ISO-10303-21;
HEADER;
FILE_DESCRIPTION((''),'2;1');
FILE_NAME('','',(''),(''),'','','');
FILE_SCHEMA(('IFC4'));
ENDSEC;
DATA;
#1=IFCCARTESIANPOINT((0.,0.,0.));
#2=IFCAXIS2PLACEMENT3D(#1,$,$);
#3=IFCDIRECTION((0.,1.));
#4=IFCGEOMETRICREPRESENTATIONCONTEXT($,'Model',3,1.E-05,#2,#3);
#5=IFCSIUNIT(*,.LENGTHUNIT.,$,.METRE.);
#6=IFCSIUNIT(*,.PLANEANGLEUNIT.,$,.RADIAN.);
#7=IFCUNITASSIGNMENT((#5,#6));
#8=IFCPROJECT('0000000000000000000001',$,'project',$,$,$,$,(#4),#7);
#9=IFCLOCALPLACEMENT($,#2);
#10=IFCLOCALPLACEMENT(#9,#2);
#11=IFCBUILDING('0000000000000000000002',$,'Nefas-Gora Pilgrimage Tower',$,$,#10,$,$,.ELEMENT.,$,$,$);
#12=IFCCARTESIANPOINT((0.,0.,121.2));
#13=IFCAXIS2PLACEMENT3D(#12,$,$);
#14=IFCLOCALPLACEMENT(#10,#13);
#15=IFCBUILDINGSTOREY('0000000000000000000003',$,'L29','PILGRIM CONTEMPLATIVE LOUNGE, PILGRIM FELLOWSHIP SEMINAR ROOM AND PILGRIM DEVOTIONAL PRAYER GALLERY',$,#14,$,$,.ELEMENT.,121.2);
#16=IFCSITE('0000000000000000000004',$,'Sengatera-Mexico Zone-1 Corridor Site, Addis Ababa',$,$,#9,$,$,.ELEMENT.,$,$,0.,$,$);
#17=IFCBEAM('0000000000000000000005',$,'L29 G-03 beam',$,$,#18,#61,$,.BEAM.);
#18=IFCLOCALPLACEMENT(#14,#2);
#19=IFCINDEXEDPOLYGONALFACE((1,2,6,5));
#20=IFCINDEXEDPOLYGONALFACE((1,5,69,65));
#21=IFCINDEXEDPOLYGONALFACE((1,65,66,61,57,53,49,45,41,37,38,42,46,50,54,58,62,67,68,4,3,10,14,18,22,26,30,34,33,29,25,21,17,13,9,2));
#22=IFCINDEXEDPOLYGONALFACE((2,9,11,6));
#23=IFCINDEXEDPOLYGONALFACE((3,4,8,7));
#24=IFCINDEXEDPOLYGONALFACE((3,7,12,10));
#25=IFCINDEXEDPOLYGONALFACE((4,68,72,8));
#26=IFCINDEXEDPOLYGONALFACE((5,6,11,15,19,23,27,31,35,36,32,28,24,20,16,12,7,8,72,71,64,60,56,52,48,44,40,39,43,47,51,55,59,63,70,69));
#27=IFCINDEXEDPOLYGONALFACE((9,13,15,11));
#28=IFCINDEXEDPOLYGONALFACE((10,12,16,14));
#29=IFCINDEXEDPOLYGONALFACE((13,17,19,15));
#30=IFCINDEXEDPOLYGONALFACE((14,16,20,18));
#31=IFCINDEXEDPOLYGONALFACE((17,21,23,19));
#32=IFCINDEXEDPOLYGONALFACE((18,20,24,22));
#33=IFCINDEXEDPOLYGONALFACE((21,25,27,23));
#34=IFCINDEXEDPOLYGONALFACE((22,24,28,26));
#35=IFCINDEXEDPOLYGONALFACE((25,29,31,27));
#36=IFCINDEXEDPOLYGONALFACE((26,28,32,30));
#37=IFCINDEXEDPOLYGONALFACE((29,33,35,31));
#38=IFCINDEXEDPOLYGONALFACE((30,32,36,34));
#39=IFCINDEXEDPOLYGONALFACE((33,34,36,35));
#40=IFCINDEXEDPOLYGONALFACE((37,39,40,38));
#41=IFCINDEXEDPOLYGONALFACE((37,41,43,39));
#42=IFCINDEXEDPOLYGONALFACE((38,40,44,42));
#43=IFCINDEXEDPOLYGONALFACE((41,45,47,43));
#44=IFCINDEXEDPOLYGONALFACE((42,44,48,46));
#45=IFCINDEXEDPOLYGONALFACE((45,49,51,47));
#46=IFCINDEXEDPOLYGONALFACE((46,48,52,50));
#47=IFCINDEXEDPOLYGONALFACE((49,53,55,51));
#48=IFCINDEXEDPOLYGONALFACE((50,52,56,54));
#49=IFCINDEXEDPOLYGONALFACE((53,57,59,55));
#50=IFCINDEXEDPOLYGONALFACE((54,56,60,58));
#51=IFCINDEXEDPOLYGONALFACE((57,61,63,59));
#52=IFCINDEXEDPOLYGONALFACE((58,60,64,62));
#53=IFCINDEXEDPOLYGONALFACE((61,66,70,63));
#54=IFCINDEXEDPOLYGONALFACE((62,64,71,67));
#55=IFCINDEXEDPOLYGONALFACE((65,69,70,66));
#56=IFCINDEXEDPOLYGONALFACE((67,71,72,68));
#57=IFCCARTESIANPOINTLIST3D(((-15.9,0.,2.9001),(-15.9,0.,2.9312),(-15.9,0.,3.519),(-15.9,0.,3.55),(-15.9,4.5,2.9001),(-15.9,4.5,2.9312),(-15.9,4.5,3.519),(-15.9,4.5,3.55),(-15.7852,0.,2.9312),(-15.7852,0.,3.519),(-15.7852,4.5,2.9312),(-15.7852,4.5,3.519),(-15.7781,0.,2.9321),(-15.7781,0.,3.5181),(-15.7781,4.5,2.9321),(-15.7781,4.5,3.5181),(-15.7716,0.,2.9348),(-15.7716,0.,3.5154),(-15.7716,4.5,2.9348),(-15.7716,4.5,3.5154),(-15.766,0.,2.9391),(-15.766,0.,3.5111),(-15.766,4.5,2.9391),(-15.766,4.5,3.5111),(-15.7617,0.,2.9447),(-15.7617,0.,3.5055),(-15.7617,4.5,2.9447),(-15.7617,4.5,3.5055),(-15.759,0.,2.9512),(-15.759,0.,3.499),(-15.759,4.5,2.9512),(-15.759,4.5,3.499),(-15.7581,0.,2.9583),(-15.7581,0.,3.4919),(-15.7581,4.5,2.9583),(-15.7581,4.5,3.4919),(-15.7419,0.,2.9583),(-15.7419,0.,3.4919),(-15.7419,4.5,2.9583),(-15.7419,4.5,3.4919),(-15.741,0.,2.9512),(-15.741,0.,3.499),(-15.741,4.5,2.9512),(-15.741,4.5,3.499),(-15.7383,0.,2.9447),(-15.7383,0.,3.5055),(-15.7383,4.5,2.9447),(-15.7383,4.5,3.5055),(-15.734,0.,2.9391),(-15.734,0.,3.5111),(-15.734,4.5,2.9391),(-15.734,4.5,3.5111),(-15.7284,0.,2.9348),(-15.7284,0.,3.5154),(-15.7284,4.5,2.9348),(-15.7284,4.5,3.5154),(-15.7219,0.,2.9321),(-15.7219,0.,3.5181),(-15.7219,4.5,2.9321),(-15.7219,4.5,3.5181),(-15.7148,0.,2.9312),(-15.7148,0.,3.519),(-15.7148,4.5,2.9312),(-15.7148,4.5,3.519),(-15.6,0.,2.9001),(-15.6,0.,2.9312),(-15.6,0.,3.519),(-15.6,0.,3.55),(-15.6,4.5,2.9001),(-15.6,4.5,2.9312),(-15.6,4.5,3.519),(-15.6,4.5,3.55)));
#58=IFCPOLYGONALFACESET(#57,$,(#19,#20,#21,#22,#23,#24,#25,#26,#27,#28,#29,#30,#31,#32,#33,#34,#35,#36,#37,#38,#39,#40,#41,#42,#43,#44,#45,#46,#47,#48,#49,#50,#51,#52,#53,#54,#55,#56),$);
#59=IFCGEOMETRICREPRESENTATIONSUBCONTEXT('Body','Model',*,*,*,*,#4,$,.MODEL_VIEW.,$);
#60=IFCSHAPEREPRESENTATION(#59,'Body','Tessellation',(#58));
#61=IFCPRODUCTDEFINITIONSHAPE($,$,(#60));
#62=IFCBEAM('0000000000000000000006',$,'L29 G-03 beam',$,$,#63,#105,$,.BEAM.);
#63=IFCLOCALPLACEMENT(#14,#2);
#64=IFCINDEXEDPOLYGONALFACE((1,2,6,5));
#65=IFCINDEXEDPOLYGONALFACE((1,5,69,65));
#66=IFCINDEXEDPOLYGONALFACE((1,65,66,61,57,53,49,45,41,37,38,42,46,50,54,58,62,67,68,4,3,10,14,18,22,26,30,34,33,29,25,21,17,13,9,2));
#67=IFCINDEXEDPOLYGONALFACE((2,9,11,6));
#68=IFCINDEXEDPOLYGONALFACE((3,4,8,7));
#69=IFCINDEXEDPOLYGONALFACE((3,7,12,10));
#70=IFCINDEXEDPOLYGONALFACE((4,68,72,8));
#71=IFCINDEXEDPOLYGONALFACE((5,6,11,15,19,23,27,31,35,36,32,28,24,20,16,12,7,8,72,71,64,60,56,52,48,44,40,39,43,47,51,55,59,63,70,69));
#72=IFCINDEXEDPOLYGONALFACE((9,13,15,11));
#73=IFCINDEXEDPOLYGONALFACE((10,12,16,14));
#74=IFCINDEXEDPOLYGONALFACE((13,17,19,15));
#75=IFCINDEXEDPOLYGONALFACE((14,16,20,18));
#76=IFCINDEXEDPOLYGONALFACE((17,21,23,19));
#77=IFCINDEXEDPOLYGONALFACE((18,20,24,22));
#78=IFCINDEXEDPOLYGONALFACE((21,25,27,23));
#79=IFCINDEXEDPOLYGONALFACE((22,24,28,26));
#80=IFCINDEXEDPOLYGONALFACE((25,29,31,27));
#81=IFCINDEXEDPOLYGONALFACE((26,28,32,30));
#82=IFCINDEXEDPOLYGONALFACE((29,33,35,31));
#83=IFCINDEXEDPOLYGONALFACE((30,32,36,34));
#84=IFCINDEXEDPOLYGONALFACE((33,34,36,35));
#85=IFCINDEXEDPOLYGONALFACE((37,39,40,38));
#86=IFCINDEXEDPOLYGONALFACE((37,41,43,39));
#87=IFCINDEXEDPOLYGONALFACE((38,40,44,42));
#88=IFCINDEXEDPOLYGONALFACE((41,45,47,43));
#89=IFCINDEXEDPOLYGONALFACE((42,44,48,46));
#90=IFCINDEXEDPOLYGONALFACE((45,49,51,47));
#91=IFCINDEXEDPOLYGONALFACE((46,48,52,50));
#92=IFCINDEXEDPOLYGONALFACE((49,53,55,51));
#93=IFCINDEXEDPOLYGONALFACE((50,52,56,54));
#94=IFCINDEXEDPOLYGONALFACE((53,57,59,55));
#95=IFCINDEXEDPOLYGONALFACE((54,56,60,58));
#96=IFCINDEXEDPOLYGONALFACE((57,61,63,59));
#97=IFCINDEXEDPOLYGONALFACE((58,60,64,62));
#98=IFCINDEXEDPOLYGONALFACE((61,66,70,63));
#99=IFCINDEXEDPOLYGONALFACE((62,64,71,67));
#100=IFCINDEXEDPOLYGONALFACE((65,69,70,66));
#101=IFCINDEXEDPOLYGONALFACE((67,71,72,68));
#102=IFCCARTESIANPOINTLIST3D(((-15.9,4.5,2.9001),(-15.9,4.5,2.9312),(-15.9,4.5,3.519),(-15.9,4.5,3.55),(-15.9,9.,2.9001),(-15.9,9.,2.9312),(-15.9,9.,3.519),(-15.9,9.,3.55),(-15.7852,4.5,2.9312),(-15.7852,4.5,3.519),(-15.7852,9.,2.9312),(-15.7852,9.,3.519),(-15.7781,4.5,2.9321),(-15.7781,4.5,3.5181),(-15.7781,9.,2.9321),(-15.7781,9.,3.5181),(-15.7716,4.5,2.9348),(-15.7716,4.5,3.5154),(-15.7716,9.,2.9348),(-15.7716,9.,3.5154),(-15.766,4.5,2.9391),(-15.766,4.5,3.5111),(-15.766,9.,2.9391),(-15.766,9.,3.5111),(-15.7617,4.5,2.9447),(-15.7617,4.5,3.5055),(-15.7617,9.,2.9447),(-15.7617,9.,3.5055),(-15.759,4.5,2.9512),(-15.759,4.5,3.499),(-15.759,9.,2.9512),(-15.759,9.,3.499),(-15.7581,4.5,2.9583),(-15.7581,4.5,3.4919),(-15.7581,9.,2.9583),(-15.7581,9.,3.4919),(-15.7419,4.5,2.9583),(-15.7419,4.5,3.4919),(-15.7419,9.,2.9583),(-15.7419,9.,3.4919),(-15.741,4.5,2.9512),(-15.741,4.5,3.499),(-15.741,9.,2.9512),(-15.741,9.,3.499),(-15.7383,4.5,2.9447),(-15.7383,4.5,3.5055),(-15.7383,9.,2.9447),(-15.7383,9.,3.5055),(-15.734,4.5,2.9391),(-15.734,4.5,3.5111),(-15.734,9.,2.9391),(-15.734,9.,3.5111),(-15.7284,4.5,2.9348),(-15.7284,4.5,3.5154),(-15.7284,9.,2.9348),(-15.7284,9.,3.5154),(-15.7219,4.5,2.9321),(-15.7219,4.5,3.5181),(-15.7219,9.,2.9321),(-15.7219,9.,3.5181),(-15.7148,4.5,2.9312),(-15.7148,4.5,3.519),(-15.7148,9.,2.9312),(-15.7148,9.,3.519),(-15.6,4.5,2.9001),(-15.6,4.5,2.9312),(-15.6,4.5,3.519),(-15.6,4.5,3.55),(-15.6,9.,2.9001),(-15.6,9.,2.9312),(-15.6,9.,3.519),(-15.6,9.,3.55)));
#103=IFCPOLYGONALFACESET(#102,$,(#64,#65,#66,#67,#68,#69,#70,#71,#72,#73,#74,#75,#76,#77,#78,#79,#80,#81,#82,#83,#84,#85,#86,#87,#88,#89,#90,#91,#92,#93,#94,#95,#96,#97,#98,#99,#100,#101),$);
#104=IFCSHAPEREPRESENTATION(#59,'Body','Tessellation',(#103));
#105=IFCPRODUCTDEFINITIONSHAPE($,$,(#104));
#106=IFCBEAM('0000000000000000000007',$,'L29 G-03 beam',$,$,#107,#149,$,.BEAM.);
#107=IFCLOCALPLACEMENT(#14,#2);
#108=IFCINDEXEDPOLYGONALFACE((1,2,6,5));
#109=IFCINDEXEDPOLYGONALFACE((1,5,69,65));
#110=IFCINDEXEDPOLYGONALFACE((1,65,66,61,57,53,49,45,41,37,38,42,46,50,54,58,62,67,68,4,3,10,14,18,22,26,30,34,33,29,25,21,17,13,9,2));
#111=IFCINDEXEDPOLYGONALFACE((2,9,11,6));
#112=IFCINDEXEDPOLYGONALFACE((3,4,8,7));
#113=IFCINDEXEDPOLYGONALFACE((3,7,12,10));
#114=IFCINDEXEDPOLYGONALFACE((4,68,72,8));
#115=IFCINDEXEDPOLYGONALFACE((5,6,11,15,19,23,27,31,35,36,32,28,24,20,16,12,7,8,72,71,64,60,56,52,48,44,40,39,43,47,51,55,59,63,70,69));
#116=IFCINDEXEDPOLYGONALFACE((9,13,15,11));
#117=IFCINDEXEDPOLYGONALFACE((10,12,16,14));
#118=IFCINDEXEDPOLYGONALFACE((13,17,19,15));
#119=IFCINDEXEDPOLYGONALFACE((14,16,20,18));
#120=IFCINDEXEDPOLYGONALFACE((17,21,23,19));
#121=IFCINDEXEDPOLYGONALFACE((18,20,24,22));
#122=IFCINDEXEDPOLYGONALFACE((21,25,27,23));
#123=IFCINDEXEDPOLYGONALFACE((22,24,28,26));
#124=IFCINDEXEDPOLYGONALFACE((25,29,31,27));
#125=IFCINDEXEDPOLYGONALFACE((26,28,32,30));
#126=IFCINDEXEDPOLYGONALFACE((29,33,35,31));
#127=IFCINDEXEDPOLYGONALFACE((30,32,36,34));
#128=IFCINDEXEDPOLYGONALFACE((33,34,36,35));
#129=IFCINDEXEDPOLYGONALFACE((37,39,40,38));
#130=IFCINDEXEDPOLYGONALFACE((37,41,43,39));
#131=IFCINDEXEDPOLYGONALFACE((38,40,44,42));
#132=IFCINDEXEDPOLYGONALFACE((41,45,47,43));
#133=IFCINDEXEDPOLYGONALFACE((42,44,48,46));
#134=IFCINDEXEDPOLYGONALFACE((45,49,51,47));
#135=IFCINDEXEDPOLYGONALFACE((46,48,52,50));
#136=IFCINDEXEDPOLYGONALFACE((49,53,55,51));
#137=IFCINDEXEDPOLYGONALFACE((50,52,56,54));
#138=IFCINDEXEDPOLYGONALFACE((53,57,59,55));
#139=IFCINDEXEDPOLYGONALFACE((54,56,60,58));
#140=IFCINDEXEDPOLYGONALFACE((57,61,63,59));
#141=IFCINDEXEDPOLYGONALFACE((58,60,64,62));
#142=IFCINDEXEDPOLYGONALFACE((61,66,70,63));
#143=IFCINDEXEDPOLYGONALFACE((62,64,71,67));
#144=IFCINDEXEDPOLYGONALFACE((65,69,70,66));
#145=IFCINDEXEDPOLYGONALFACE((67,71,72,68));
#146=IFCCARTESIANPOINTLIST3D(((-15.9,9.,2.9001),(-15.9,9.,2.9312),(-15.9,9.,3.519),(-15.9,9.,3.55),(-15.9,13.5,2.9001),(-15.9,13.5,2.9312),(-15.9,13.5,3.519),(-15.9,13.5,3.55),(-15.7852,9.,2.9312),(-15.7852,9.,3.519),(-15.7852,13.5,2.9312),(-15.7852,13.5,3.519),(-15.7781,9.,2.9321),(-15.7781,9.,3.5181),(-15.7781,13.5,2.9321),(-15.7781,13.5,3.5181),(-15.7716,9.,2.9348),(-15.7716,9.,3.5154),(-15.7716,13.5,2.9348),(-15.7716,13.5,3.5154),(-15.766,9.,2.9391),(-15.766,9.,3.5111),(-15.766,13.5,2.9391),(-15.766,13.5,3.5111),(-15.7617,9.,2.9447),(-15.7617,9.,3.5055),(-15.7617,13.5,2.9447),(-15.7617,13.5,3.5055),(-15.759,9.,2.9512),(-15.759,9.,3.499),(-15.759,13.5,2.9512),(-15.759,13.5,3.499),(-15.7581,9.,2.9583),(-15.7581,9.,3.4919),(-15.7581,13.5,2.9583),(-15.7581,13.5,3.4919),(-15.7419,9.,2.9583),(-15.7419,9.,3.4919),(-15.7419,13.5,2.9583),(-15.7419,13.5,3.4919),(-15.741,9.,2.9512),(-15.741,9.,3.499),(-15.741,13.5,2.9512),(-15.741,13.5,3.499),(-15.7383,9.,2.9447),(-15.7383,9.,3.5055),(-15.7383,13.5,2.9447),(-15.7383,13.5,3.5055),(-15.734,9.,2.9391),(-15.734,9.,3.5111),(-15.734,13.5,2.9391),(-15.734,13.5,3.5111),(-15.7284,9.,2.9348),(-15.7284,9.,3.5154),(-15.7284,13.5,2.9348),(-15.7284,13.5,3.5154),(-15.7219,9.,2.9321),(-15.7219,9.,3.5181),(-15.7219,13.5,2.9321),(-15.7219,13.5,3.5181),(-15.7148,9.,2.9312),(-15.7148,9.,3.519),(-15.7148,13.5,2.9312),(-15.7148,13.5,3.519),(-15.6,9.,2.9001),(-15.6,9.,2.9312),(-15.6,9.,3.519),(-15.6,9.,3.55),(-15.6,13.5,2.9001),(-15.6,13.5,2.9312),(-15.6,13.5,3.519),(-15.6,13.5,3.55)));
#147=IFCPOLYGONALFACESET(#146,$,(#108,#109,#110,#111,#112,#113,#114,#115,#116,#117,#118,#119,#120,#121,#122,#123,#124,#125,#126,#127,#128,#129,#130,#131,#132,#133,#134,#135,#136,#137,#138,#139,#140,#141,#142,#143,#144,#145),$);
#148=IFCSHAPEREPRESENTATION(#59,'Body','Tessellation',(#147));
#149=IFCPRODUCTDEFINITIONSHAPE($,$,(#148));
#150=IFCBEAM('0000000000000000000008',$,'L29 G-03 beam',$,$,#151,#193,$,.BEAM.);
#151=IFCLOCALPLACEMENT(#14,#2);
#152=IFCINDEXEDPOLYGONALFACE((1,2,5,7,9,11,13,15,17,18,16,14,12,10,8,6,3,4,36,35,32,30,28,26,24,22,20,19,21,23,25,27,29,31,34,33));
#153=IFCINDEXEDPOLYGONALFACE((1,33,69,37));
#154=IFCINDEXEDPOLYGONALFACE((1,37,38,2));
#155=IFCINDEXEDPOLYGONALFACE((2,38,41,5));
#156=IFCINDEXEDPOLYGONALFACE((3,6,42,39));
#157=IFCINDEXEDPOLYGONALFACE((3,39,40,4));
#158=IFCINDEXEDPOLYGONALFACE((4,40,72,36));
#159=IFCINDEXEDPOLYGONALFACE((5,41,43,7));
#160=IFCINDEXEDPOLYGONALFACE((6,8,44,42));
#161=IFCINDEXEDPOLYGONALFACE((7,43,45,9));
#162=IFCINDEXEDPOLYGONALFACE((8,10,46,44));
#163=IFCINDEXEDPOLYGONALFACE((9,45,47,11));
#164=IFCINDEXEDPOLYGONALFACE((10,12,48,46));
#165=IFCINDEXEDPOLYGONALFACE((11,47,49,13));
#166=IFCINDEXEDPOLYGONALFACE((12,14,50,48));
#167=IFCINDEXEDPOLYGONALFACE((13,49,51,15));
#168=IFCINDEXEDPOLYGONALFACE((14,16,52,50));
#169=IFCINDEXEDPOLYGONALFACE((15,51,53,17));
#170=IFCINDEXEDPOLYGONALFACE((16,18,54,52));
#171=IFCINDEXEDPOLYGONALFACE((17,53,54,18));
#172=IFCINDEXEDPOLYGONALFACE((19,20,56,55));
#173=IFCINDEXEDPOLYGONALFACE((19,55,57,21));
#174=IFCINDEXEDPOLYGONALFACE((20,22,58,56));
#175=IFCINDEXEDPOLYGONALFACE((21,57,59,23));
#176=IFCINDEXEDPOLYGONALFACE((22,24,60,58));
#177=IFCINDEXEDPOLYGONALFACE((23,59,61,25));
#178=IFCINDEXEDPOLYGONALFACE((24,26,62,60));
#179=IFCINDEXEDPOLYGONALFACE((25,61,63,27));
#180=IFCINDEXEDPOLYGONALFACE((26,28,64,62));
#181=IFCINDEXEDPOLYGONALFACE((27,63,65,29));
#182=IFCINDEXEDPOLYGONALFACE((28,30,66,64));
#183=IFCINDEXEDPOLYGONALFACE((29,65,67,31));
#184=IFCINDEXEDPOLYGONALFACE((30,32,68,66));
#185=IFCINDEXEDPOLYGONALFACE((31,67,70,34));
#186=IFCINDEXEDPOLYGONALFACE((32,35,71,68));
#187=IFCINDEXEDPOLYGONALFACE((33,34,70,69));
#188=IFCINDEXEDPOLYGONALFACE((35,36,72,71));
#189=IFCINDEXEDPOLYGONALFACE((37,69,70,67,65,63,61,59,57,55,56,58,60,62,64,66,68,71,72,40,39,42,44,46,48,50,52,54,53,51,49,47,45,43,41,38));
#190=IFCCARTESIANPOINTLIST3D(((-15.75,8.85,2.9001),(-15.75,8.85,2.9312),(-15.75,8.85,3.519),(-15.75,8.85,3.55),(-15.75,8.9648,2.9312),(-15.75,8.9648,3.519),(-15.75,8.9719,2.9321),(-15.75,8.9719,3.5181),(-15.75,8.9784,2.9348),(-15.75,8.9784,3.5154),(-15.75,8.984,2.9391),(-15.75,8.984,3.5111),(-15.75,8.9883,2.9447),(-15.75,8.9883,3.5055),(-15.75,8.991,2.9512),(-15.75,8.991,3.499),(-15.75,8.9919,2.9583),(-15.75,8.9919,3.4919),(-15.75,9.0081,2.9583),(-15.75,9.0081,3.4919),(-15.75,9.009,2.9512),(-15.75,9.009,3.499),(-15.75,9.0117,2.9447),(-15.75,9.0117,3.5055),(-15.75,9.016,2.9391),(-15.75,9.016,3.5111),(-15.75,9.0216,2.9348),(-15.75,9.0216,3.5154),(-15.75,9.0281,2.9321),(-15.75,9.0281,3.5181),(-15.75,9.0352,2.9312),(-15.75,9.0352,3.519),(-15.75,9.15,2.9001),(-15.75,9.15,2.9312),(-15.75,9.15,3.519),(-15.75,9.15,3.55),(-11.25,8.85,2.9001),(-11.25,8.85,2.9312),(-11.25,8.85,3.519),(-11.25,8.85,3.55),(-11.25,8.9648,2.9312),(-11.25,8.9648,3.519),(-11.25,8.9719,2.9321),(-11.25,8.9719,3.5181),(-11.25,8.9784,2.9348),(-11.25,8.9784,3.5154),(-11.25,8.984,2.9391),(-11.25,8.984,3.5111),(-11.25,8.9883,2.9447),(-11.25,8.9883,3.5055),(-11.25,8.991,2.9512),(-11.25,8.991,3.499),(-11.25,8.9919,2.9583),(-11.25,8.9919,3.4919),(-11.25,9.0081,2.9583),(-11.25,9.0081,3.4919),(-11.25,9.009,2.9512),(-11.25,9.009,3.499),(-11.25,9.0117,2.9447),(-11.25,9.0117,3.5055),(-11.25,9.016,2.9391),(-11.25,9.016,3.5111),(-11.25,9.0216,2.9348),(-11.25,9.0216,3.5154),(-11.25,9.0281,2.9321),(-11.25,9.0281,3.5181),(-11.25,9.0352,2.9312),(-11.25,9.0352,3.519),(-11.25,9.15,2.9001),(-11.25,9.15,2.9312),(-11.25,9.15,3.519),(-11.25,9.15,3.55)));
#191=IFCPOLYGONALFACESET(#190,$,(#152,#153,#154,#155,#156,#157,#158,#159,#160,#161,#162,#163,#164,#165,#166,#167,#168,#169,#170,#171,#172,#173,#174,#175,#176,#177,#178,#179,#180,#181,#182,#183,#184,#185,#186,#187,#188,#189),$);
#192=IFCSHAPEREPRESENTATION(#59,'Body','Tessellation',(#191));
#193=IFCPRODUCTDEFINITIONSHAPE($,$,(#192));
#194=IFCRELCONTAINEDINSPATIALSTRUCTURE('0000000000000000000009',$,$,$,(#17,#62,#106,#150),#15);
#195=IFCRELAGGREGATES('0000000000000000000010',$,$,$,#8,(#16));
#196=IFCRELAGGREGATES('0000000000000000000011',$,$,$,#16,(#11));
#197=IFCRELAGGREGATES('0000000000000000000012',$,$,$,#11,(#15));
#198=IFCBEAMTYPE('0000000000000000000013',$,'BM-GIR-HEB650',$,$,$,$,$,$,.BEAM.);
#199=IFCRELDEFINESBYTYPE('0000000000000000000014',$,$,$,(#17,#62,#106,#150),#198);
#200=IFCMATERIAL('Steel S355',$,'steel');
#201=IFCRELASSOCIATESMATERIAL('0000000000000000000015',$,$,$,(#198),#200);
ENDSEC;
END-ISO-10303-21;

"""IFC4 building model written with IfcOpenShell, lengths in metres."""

from ifc_helpers import new_model, si_unit, direction, frame, origin, origin_2d, place, context, subcontext, project, spatial, i_section, extrude, source, transform, mapped, material, material_profile, profile_set, type_object, element, save


model = new_model("IFC4")

# Units and contexts
model_context = context("Model", 3, precision=1e-05, world=origin(), true_north=direction((0.0, 1.0)))
body_context = subcontext(model_context, "Body", "Model", "MODEL_VIEW")
ifc_project = project(units=[si_unit("LENGTHUNIT", "METRE"), si_unit("PLANEANGLEUNIT", "RADIAN")], contexts=[model_context])

# Site, building, storey
site_placement = place(None, origin())
site = spatial("IfcSite", under=ifc_project, at=site_placement, Name="Sengatera-Mexico Zone-1 Corridor Site, Addis Ababa", CompositionType="ELEMENT", RefElevation=0.0)
building_placement = place(site_placement, origin())
building = spatial("IfcBuilding", under=site, at=building_placement, Name="Nefas-Gora Pilgrimage Tower", CompositionType="ELEMENT")
storey_placement = place(building_placement, frame((0.0, 0.0, 121.2)))
storey = spatial("IfcBuildingStorey", under=building, at=storey_placement, Name="L29", Description="PILGRIM CONTEMPLATIVE LOUNGE, PILGRIM FELLOWSHIP SEMINAR ROOM AND PILGRIM DEVOTIONAL PRAYER GALLERY", CompositionType="ELEMENT", Elevation=121.2)

# Beams
ifc_material_1 = material(Name="Steel S355", Category="steel")
ifc_material_profile_1 = material_profile(ifc_material_1, i_section(OverallWidth=0.3, OverallDepth=0.6499, WebThickness=0.0161, FlangeThickness=0.031, FilletRadius=0.0271, at=origin_2d()), Name="HEB 650")
ifc_profile_set_1 = profile_set([ifc_material_profile_1], Name="Steel S355")
beam_type_1 = type_object("IfcBeamType", Name="BM-GIR-HEB650", PredefinedType="BEAM", material=ifc_profile_set_1)
shared_shape_1 = source(origin(), body_context, "Body", "SweptSolid", [
    extrude(i_section(OverallWidth=0.3, OverallDepth=0.6499, WebThickness=0.0161, FlangeThickness=0.031, FilletRadius=0.0271, at=origin_2d()), origin(), (0.0, 0.0, 1.0), 4.5),
])
for number, where, z_axis, x_axis, name in (
    (1, (-15.75, 0.0, 3.2251), (0.0, 1.0, 0.0), (-1.0, 0.0, 0.0), "L29 G-03 beam"),
    (2, (-15.75, 4.5, 3.2251), (0.0, 1.0, 0.0), (-1.0, 0.0, 0.0), "L29 G-03 beam"),
    (3, (-15.75, 9.0, 3.2251), (0.0, 1.0, 0.0), (-1.0, 0.0, 0.0), "L29 G-03 beam"),
    (4, (-15.75, 9.0, 3.2251), (1.0, 0.0, 0.0), (0.0, 1.0, 0.0), "L29 G-03 beam"),
):
    element("IfcBeam", number, at=place(storey_placement, frame(where, z_axis=z_axis, x_axis=x_axis)), inside=storey, type_object=beam_type_1, Name=name, PredefinedType="BEAM", context=body_context, shape_type="MappedRepresentation", body=[
        mapped(shared_shape_1, transform((0.0, 0.0, 0.0), x_axis=(1.0, 0.0, 0.0), y_axis=(0.0, 1.0, 0.0), z_axis=(0.0, 0.0, 1.0), scale=1.0)),
    ])

save(model, "model.ifc")
